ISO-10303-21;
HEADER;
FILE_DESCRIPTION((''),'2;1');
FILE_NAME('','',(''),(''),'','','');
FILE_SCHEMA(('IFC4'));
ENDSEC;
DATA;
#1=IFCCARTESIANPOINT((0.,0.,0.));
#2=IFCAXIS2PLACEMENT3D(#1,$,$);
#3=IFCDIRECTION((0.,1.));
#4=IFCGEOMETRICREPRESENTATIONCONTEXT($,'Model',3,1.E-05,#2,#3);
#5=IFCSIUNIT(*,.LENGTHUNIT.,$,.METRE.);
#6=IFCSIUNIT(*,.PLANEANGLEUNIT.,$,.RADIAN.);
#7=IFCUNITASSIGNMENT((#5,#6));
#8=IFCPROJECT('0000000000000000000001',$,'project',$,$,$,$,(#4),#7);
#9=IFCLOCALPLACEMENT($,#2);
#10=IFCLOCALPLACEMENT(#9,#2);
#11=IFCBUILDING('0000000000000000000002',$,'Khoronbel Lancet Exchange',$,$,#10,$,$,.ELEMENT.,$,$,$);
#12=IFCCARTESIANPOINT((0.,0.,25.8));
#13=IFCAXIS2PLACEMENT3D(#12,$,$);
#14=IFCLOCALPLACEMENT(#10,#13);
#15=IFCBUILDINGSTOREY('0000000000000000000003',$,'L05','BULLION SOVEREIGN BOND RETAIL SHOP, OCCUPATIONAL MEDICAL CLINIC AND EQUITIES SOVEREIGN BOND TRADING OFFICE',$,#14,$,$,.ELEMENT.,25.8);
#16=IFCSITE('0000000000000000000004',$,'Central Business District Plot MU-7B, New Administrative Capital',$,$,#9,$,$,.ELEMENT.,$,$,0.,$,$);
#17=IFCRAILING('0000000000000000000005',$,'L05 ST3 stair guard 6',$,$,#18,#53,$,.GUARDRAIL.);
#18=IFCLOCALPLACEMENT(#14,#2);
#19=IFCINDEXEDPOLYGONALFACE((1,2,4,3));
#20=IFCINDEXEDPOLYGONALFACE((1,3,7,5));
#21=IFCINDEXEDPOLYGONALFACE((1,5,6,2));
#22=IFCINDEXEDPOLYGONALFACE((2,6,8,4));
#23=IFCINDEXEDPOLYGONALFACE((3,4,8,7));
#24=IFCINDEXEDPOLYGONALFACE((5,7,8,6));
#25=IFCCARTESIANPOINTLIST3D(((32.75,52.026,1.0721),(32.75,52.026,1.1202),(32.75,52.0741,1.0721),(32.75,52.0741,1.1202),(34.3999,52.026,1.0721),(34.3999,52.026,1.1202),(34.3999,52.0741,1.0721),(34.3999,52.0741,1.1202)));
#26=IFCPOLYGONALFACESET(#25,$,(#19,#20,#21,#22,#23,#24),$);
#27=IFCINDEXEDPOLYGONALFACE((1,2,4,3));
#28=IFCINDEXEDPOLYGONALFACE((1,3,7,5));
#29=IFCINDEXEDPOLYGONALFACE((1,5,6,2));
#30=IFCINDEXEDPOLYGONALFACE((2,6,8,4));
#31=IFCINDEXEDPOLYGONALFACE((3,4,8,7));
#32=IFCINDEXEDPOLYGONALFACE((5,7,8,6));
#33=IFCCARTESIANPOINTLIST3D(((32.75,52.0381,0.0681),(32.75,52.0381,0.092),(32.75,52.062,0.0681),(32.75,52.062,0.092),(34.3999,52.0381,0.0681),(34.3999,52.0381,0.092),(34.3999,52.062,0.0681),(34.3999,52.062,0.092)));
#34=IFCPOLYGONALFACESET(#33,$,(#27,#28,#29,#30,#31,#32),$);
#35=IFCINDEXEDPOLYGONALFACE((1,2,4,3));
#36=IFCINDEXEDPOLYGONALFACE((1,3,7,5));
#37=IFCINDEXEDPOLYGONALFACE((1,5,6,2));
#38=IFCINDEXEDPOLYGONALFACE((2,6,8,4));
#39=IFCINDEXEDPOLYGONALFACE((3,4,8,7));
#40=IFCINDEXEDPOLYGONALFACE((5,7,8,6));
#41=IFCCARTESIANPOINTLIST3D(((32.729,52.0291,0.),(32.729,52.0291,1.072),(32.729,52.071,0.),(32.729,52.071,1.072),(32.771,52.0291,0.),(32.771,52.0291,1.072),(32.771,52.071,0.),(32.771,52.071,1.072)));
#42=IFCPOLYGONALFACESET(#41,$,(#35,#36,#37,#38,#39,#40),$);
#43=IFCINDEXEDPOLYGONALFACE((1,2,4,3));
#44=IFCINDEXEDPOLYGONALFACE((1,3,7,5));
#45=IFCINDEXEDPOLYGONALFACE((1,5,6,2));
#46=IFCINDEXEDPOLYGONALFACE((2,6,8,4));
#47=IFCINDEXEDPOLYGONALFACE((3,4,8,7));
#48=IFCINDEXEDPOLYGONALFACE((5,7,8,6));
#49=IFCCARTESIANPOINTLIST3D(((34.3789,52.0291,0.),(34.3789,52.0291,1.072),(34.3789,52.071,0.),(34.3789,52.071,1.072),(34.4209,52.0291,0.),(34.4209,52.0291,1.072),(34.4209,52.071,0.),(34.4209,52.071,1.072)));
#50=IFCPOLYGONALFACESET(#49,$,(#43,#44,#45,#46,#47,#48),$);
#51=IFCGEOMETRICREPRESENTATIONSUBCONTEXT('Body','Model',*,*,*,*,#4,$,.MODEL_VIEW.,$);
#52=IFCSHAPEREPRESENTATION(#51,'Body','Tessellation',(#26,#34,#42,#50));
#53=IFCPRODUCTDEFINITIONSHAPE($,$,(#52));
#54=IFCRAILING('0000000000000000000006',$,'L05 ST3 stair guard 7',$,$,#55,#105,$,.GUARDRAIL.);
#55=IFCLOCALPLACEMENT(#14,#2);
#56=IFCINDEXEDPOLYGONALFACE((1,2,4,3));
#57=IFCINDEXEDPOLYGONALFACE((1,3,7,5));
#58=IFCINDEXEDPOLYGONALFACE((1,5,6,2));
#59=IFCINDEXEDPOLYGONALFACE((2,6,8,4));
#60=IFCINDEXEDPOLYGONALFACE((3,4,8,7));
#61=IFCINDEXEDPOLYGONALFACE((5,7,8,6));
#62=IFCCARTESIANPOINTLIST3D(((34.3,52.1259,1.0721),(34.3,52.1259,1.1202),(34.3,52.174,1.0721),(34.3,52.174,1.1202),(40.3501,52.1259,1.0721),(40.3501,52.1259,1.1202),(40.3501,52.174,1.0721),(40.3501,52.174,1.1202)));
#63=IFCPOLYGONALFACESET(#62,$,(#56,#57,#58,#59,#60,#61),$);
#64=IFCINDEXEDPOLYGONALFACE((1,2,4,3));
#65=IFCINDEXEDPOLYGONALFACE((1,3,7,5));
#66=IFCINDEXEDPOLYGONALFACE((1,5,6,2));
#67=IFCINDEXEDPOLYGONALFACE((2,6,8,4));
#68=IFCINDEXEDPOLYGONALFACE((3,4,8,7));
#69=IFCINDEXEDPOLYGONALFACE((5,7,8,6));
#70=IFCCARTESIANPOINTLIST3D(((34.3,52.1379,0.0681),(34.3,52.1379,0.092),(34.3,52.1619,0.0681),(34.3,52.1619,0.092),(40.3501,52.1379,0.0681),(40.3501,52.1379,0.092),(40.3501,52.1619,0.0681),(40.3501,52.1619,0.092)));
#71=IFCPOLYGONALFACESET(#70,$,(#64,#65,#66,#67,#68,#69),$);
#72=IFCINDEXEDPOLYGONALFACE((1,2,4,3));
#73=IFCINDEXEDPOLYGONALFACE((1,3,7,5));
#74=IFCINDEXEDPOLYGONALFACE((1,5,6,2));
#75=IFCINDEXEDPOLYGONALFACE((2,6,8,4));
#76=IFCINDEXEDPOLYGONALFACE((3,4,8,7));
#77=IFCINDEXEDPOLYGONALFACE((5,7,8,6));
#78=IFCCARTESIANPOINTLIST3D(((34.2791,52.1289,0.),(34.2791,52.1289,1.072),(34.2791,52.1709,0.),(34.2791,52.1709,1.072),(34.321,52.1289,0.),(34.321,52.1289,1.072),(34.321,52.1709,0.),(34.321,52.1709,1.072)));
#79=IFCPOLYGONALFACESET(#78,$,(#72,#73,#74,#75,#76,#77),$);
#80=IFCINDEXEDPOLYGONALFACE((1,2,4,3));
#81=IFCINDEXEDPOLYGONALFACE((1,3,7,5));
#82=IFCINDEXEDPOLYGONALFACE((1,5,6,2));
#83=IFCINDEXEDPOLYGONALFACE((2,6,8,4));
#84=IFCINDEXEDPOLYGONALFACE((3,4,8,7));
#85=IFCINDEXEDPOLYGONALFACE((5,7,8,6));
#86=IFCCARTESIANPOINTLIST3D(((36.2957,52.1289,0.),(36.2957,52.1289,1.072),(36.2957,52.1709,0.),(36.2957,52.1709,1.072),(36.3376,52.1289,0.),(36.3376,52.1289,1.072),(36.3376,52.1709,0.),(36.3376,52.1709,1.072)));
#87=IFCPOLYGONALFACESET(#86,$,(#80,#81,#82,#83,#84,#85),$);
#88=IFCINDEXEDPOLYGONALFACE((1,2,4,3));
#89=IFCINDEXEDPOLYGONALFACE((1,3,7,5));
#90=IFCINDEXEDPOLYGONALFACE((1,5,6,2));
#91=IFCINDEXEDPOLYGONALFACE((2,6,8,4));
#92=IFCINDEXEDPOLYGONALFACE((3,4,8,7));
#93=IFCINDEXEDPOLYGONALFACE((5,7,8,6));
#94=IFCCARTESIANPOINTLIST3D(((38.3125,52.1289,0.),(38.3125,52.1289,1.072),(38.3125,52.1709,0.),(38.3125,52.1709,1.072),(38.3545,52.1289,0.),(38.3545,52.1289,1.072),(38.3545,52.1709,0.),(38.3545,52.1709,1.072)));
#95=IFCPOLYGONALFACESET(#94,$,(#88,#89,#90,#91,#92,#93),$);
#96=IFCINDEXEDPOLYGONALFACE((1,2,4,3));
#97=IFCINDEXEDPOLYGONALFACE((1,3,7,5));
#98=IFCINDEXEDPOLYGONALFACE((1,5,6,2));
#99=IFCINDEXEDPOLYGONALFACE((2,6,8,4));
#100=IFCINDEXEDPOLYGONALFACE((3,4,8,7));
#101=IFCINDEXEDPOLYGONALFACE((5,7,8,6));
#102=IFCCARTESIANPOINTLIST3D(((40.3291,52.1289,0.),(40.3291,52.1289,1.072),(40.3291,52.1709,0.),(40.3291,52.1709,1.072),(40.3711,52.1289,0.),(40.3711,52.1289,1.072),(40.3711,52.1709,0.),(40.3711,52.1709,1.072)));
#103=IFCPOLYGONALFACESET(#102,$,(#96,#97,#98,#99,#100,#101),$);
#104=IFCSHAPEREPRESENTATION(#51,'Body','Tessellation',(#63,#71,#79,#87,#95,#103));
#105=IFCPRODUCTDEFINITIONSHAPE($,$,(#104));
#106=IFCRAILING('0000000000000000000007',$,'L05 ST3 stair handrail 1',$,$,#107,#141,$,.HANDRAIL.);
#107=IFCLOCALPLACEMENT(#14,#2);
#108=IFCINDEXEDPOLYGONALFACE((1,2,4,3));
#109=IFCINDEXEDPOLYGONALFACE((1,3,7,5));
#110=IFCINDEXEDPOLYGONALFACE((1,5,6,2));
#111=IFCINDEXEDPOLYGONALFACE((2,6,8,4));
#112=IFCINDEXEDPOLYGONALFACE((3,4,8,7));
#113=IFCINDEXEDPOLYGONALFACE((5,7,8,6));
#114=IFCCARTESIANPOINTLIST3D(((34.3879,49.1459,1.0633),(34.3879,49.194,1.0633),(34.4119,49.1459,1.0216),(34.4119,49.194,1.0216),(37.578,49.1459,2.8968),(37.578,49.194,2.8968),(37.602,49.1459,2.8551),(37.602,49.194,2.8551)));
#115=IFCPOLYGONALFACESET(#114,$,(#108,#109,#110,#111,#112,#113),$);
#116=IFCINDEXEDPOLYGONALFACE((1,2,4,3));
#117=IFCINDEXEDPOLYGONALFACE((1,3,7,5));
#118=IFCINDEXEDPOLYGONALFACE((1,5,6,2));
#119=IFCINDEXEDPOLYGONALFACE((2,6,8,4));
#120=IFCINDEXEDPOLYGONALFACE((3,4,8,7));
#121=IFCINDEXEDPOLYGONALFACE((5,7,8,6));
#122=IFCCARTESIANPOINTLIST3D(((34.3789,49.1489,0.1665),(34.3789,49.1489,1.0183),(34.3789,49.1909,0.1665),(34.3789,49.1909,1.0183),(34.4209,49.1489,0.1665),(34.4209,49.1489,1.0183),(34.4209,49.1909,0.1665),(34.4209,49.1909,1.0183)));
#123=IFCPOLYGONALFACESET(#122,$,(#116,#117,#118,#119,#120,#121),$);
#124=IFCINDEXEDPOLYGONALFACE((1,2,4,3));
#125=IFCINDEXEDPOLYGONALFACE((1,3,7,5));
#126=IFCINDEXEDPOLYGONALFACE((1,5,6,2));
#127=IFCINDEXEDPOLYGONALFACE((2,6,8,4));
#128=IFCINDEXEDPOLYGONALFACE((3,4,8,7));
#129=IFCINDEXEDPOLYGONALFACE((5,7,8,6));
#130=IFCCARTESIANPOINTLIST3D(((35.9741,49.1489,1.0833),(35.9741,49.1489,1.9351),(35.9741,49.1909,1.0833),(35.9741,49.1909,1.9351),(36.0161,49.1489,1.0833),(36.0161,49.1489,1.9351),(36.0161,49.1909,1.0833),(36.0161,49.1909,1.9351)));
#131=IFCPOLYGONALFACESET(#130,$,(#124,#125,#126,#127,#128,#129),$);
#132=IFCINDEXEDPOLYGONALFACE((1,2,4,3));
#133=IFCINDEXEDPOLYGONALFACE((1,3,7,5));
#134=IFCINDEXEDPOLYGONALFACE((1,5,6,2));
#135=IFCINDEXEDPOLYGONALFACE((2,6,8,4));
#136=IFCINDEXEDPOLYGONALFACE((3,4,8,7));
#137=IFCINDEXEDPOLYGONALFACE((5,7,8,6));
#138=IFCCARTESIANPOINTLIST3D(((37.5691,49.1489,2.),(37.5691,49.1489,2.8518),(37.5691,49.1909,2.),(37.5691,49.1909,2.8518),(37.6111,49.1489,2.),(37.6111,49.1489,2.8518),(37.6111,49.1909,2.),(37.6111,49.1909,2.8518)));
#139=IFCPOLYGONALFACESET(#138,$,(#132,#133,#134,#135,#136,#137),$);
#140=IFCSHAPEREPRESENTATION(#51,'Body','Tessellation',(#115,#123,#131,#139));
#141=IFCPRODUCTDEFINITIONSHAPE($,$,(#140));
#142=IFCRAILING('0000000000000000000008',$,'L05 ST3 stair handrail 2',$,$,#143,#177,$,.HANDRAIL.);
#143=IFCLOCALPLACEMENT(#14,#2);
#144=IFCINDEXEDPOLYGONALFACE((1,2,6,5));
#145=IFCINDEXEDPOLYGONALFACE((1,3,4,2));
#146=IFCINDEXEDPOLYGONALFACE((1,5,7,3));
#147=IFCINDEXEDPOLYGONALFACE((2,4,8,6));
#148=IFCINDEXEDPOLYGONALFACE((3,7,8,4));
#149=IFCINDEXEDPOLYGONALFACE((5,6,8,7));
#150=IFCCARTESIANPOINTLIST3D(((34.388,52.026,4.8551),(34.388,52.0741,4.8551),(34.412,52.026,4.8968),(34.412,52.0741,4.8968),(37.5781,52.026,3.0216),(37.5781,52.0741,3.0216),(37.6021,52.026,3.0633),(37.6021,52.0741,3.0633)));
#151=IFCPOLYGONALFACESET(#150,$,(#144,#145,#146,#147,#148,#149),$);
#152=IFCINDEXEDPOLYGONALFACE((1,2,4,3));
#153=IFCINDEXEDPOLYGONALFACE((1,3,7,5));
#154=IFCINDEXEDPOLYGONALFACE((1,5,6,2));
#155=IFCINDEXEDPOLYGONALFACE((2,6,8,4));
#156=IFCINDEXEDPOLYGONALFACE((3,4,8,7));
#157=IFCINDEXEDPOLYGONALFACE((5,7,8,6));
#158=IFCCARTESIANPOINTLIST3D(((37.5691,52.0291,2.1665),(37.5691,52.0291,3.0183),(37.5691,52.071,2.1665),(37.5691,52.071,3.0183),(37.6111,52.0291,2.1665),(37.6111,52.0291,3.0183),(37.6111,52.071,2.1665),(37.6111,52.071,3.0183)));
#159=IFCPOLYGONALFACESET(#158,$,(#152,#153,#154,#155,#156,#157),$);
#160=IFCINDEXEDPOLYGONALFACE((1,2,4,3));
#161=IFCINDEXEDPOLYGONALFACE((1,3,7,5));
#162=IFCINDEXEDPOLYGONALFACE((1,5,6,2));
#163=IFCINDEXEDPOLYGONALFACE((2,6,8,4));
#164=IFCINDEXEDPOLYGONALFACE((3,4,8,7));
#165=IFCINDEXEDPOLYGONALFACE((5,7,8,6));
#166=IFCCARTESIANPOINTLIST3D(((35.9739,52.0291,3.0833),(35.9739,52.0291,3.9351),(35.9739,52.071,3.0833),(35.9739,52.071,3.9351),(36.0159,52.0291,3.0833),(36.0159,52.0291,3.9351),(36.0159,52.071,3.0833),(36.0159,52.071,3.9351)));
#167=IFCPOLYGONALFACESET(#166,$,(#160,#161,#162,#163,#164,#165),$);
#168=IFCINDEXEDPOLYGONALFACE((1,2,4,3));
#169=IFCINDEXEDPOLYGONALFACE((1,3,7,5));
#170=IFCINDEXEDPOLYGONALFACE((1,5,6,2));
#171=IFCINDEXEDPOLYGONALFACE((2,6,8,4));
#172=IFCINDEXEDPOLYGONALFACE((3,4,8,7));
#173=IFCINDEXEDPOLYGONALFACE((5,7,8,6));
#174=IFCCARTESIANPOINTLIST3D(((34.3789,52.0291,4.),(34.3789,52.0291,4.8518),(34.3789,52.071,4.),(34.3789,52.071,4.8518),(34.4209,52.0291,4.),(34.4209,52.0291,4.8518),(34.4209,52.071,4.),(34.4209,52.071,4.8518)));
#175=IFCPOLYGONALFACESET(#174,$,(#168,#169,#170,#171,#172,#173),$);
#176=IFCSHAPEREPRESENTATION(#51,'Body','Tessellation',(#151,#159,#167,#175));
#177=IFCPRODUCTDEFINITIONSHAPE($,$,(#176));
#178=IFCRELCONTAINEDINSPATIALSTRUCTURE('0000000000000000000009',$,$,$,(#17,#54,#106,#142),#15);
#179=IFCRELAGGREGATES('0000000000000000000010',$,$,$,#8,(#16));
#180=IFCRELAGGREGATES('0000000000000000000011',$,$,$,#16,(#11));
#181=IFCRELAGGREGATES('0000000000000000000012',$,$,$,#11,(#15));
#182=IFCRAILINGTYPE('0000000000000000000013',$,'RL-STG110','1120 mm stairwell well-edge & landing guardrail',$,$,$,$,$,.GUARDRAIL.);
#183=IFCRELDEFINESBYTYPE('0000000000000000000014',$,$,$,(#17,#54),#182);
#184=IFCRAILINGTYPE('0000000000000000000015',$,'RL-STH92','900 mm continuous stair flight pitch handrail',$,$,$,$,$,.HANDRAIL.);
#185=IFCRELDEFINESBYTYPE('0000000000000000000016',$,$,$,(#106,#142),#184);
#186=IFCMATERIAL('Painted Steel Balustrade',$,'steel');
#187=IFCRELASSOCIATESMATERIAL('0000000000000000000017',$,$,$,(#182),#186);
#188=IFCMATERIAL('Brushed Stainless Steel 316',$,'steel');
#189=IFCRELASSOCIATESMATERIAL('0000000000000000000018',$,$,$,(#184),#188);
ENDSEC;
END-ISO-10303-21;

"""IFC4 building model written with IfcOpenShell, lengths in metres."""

from ifc_helpers import new_model, si_unit, direction, frame, origin, origin_2d, place, context, subcontext, project, spatial, rectangle, extrude, material, type_object, element, save


model = new_model("IFC4")

# Units and contexts
model_context = context("Model", 3, precision=1e-05, world=origin(), true_north=direction((0.0, 1.0)))
body_context = subcontext(model_context, "Body", "Model", "MODEL_VIEW")
ifc_project = project(units=[si_unit("LENGTHUNIT", "METRE"), si_unit("PLANEANGLEUNIT", "RADIAN")], contexts=[model_context])

# Site, building, storey
site_placement = place(None, origin())
site = spatial("IfcSite", under=ifc_project, at=site_placement, Name="Central Business District Plot MU-7B, New Administrative Capital", CompositionType="ELEMENT", RefElevation=0.0)
building_placement = place(site_placement, origin())
building = spatial("IfcBuilding", under=site, at=building_placement, Name="Khoronbel Lancet Exchange", CompositionType="ELEMENT")
storey_placement = place(building_placement, frame((0.0, 0.0, 25.8)))
storey = spatial("IfcBuildingStorey", under=building, at=storey_placement, Name="L05", Description="BULLION SOVEREIGN BOND RETAIL SHOP, OCCUPATIONAL MEDICAL CLINIC AND EQUITIES SOVEREIGN BOND TRADING OFFICE", CompositionType="ELEMENT", Elevation=25.8)

# Railings
ifc_material_1 = material(Name="Painted Steel Balustrade", Category="steel")
railing_type_1 = type_object("IfcRailingType", Name="RL-STG110", Description="1120 mm stairwell well-edge & landing guardrail", PredefinedType="GUARDRAIL", material=ifc_material_1)
railing_1_placement = place(storey_placement, frame((32.75, 52.05, 0.0)))
element("IfcRailing", 1, at=railing_1_placement, inside=storey, type_object=railing_type_1, Name="L05 ST3 stair guard 6", PredefinedType="GUARDRAIL", context=body_context, shape_type="SweptSolid", body=[
    extrude(rectangle(XDim=0.0481, YDim=0.0481, at=origin_2d()), frame((0.0, 0.0, 1.0962), z_axis=(1.0, 0.0, 0.0), x_axis=(0.0, 1.0, 0.0)), (0.0, 0.0, 1.0), 1.6499),
    extrude(rectangle(XDim=0.0239, YDim=0.0239, at=origin_2d()), frame((0.0, 0.0, 0.0801), z_axis=(1.0, 0.0, 0.0), x_axis=(0.0, 1.0, 0.0)), (0.0, 0.0, 1.0), 1.6499),
    extrude(rectangle(XDim=0.042, YDim=0.042, at=origin_2d()), origin(), (0.0, 0.0, 1.0), 1.072),
    extrude(rectangle(XDim=0.042, YDim=0.042, at=origin_2d()), frame((1.6499, 0.0, 0.0)), (0.0, 0.0, 1.0), 1.072),
])
railing_2_placement = place(storey_placement, frame((34.3, 52.1499, 0.0)))
element("IfcRailing", 2, at=railing_2_placement, inside=storey, type_object=railing_type_1, Name="L05 ST3 stair guard 7", PredefinedType="GUARDRAIL", context=body_context, shape_type="SweptSolid", body=[
    extrude(rectangle(XDim=0.0481, YDim=0.0481, at=origin_2d()), frame((0.0, 0.0, 1.0962), z_axis=(1.0, 0.0, 0.0), x_axis=(0.0, 1.0, 0.0)), (0.0, 0.0, 1.0), 6.05),
    extrude(rectangle(XDim=0.0239, YDim=0.0239, at=origin_2d()), frame((0.0, 0.0, 0.0801), z_axis=(1.0, 0.0, 0.0), x_axis=(0.0, 1.0, 0.0)), (0.0, 0.0, 1.0), 6.05),
    extrude(rectangle(XDim=0.042, YDim=0.042, at=origin_2d()), origin(), (0.0, 0.0, 1.0), 1.072),
    extrude(rectangle(XDim=0.042, YDim=0.042, at=origin_2d()), frame((2.0166, 0.0, 0.0)), (0.0, 0.0, 1.0), 1.072),
    extrude(rectangle(XDim=0.042, YDim=0.042, at=origin_2d()), frame((4.0334, 0.0, 0.0)), (0.0, 0.0, 1.0), 1.072),
    extrude(rectangle(XDim=0.042, YDim=0.042, at=origin_2d()), frame((6.05, 0.0, 0.0)), (0.0, 0.0, 1.0), 1.072),
])
ifc_material_2 = material(Name="Brushed Stainless Steel 316", Category="steel")
railing_type_2 = type_object("IfcRailingType", Name="RL-STH92", Description="900 mm continuous stair flight pitch handrail", PredefinedType="HANDRAIL", material=ifc_material_2)
railing_3_placement = place(storey_placement, frame((34.3999, 49.1699, 0.1665)))
element("IfcRailing", 3, at=railing_3_placement, inside=storey, type_object=railing_type_2, Name="L05 ST3 stair handrail 1", PredefinedType="HANDRAIL", context=body_context, shape_type="SweptSolid", body=[
    extrude(rectangle(XDim=0.0481, YDim=0.0481, at=origin_2d()), frame((0.0, 0.0, 0.876), z_axis=(0.867007, 0.0, 0.498295), x_axis=(0.0, 1.0, 0.0)), (0.0, 0.0, 1.0), 3.6794),
    extrude(rectangle(XDim=0.042, YDim=0.042, at=origin_2d()), origin(), (0.0, 0.0, 1.0), 0.8518),
    extrude(rectangle(XDim=0.042, YDim=0.042, at=origin_2d()), frame((1.5952, 0.0, 0.9167)), (0.0, 0.0, 1.0), 0.8518),
    extrude(rectangle(XDim=0.042, YDim=0.042, at=origin_2d()), frame((3.1902, 0.0, 1.8335)), (0.0, 0.0, 1.0), 0.8518),
])
railing_4_placement = place(storey_placement, frame((37.5901, 52.05, 2.1665)))
element("IfcRailing", 4, at=railing_4_placement, inside=storey, type_object=railing_type_2, Name="L05 ST3 stair handrail 2", PredefinedType="HANDRAIL", context=body_context, shape_type="SweptSolid", body=[
    extrude(rectangle(XDim=0.0481, YDim=0.0481, at=origin_2d()), frame((0.0, 0.0, 0.876), z_axis=(-0.867007, 0.0, 0.498295), x_axis=(0.0, -1.0, 0.0)), (0.0, 0.0, 1.0), 3.6794),
    extrude(rectangle(XDim=0.042, YDim=0.042, at=origin_2d()), origin(), (0.0, 0.0, 1.0), 0.8518),
    extrude(rectangle(XDim=0.042, YDim=0.042, at=origin_2d()), frame((-1.5952, 0.0, 0.9167)), (0.0, 0.0, 1.0), 0.8518),
    extrude(rectangle(XDim=0.042, YDim=0.042, at=origin_2d()), frame((-3.1902, 0.0, 1.8335)), (0.0, 0.0, 1.0), 0.8518),
])

save(model, "model.ifc")
